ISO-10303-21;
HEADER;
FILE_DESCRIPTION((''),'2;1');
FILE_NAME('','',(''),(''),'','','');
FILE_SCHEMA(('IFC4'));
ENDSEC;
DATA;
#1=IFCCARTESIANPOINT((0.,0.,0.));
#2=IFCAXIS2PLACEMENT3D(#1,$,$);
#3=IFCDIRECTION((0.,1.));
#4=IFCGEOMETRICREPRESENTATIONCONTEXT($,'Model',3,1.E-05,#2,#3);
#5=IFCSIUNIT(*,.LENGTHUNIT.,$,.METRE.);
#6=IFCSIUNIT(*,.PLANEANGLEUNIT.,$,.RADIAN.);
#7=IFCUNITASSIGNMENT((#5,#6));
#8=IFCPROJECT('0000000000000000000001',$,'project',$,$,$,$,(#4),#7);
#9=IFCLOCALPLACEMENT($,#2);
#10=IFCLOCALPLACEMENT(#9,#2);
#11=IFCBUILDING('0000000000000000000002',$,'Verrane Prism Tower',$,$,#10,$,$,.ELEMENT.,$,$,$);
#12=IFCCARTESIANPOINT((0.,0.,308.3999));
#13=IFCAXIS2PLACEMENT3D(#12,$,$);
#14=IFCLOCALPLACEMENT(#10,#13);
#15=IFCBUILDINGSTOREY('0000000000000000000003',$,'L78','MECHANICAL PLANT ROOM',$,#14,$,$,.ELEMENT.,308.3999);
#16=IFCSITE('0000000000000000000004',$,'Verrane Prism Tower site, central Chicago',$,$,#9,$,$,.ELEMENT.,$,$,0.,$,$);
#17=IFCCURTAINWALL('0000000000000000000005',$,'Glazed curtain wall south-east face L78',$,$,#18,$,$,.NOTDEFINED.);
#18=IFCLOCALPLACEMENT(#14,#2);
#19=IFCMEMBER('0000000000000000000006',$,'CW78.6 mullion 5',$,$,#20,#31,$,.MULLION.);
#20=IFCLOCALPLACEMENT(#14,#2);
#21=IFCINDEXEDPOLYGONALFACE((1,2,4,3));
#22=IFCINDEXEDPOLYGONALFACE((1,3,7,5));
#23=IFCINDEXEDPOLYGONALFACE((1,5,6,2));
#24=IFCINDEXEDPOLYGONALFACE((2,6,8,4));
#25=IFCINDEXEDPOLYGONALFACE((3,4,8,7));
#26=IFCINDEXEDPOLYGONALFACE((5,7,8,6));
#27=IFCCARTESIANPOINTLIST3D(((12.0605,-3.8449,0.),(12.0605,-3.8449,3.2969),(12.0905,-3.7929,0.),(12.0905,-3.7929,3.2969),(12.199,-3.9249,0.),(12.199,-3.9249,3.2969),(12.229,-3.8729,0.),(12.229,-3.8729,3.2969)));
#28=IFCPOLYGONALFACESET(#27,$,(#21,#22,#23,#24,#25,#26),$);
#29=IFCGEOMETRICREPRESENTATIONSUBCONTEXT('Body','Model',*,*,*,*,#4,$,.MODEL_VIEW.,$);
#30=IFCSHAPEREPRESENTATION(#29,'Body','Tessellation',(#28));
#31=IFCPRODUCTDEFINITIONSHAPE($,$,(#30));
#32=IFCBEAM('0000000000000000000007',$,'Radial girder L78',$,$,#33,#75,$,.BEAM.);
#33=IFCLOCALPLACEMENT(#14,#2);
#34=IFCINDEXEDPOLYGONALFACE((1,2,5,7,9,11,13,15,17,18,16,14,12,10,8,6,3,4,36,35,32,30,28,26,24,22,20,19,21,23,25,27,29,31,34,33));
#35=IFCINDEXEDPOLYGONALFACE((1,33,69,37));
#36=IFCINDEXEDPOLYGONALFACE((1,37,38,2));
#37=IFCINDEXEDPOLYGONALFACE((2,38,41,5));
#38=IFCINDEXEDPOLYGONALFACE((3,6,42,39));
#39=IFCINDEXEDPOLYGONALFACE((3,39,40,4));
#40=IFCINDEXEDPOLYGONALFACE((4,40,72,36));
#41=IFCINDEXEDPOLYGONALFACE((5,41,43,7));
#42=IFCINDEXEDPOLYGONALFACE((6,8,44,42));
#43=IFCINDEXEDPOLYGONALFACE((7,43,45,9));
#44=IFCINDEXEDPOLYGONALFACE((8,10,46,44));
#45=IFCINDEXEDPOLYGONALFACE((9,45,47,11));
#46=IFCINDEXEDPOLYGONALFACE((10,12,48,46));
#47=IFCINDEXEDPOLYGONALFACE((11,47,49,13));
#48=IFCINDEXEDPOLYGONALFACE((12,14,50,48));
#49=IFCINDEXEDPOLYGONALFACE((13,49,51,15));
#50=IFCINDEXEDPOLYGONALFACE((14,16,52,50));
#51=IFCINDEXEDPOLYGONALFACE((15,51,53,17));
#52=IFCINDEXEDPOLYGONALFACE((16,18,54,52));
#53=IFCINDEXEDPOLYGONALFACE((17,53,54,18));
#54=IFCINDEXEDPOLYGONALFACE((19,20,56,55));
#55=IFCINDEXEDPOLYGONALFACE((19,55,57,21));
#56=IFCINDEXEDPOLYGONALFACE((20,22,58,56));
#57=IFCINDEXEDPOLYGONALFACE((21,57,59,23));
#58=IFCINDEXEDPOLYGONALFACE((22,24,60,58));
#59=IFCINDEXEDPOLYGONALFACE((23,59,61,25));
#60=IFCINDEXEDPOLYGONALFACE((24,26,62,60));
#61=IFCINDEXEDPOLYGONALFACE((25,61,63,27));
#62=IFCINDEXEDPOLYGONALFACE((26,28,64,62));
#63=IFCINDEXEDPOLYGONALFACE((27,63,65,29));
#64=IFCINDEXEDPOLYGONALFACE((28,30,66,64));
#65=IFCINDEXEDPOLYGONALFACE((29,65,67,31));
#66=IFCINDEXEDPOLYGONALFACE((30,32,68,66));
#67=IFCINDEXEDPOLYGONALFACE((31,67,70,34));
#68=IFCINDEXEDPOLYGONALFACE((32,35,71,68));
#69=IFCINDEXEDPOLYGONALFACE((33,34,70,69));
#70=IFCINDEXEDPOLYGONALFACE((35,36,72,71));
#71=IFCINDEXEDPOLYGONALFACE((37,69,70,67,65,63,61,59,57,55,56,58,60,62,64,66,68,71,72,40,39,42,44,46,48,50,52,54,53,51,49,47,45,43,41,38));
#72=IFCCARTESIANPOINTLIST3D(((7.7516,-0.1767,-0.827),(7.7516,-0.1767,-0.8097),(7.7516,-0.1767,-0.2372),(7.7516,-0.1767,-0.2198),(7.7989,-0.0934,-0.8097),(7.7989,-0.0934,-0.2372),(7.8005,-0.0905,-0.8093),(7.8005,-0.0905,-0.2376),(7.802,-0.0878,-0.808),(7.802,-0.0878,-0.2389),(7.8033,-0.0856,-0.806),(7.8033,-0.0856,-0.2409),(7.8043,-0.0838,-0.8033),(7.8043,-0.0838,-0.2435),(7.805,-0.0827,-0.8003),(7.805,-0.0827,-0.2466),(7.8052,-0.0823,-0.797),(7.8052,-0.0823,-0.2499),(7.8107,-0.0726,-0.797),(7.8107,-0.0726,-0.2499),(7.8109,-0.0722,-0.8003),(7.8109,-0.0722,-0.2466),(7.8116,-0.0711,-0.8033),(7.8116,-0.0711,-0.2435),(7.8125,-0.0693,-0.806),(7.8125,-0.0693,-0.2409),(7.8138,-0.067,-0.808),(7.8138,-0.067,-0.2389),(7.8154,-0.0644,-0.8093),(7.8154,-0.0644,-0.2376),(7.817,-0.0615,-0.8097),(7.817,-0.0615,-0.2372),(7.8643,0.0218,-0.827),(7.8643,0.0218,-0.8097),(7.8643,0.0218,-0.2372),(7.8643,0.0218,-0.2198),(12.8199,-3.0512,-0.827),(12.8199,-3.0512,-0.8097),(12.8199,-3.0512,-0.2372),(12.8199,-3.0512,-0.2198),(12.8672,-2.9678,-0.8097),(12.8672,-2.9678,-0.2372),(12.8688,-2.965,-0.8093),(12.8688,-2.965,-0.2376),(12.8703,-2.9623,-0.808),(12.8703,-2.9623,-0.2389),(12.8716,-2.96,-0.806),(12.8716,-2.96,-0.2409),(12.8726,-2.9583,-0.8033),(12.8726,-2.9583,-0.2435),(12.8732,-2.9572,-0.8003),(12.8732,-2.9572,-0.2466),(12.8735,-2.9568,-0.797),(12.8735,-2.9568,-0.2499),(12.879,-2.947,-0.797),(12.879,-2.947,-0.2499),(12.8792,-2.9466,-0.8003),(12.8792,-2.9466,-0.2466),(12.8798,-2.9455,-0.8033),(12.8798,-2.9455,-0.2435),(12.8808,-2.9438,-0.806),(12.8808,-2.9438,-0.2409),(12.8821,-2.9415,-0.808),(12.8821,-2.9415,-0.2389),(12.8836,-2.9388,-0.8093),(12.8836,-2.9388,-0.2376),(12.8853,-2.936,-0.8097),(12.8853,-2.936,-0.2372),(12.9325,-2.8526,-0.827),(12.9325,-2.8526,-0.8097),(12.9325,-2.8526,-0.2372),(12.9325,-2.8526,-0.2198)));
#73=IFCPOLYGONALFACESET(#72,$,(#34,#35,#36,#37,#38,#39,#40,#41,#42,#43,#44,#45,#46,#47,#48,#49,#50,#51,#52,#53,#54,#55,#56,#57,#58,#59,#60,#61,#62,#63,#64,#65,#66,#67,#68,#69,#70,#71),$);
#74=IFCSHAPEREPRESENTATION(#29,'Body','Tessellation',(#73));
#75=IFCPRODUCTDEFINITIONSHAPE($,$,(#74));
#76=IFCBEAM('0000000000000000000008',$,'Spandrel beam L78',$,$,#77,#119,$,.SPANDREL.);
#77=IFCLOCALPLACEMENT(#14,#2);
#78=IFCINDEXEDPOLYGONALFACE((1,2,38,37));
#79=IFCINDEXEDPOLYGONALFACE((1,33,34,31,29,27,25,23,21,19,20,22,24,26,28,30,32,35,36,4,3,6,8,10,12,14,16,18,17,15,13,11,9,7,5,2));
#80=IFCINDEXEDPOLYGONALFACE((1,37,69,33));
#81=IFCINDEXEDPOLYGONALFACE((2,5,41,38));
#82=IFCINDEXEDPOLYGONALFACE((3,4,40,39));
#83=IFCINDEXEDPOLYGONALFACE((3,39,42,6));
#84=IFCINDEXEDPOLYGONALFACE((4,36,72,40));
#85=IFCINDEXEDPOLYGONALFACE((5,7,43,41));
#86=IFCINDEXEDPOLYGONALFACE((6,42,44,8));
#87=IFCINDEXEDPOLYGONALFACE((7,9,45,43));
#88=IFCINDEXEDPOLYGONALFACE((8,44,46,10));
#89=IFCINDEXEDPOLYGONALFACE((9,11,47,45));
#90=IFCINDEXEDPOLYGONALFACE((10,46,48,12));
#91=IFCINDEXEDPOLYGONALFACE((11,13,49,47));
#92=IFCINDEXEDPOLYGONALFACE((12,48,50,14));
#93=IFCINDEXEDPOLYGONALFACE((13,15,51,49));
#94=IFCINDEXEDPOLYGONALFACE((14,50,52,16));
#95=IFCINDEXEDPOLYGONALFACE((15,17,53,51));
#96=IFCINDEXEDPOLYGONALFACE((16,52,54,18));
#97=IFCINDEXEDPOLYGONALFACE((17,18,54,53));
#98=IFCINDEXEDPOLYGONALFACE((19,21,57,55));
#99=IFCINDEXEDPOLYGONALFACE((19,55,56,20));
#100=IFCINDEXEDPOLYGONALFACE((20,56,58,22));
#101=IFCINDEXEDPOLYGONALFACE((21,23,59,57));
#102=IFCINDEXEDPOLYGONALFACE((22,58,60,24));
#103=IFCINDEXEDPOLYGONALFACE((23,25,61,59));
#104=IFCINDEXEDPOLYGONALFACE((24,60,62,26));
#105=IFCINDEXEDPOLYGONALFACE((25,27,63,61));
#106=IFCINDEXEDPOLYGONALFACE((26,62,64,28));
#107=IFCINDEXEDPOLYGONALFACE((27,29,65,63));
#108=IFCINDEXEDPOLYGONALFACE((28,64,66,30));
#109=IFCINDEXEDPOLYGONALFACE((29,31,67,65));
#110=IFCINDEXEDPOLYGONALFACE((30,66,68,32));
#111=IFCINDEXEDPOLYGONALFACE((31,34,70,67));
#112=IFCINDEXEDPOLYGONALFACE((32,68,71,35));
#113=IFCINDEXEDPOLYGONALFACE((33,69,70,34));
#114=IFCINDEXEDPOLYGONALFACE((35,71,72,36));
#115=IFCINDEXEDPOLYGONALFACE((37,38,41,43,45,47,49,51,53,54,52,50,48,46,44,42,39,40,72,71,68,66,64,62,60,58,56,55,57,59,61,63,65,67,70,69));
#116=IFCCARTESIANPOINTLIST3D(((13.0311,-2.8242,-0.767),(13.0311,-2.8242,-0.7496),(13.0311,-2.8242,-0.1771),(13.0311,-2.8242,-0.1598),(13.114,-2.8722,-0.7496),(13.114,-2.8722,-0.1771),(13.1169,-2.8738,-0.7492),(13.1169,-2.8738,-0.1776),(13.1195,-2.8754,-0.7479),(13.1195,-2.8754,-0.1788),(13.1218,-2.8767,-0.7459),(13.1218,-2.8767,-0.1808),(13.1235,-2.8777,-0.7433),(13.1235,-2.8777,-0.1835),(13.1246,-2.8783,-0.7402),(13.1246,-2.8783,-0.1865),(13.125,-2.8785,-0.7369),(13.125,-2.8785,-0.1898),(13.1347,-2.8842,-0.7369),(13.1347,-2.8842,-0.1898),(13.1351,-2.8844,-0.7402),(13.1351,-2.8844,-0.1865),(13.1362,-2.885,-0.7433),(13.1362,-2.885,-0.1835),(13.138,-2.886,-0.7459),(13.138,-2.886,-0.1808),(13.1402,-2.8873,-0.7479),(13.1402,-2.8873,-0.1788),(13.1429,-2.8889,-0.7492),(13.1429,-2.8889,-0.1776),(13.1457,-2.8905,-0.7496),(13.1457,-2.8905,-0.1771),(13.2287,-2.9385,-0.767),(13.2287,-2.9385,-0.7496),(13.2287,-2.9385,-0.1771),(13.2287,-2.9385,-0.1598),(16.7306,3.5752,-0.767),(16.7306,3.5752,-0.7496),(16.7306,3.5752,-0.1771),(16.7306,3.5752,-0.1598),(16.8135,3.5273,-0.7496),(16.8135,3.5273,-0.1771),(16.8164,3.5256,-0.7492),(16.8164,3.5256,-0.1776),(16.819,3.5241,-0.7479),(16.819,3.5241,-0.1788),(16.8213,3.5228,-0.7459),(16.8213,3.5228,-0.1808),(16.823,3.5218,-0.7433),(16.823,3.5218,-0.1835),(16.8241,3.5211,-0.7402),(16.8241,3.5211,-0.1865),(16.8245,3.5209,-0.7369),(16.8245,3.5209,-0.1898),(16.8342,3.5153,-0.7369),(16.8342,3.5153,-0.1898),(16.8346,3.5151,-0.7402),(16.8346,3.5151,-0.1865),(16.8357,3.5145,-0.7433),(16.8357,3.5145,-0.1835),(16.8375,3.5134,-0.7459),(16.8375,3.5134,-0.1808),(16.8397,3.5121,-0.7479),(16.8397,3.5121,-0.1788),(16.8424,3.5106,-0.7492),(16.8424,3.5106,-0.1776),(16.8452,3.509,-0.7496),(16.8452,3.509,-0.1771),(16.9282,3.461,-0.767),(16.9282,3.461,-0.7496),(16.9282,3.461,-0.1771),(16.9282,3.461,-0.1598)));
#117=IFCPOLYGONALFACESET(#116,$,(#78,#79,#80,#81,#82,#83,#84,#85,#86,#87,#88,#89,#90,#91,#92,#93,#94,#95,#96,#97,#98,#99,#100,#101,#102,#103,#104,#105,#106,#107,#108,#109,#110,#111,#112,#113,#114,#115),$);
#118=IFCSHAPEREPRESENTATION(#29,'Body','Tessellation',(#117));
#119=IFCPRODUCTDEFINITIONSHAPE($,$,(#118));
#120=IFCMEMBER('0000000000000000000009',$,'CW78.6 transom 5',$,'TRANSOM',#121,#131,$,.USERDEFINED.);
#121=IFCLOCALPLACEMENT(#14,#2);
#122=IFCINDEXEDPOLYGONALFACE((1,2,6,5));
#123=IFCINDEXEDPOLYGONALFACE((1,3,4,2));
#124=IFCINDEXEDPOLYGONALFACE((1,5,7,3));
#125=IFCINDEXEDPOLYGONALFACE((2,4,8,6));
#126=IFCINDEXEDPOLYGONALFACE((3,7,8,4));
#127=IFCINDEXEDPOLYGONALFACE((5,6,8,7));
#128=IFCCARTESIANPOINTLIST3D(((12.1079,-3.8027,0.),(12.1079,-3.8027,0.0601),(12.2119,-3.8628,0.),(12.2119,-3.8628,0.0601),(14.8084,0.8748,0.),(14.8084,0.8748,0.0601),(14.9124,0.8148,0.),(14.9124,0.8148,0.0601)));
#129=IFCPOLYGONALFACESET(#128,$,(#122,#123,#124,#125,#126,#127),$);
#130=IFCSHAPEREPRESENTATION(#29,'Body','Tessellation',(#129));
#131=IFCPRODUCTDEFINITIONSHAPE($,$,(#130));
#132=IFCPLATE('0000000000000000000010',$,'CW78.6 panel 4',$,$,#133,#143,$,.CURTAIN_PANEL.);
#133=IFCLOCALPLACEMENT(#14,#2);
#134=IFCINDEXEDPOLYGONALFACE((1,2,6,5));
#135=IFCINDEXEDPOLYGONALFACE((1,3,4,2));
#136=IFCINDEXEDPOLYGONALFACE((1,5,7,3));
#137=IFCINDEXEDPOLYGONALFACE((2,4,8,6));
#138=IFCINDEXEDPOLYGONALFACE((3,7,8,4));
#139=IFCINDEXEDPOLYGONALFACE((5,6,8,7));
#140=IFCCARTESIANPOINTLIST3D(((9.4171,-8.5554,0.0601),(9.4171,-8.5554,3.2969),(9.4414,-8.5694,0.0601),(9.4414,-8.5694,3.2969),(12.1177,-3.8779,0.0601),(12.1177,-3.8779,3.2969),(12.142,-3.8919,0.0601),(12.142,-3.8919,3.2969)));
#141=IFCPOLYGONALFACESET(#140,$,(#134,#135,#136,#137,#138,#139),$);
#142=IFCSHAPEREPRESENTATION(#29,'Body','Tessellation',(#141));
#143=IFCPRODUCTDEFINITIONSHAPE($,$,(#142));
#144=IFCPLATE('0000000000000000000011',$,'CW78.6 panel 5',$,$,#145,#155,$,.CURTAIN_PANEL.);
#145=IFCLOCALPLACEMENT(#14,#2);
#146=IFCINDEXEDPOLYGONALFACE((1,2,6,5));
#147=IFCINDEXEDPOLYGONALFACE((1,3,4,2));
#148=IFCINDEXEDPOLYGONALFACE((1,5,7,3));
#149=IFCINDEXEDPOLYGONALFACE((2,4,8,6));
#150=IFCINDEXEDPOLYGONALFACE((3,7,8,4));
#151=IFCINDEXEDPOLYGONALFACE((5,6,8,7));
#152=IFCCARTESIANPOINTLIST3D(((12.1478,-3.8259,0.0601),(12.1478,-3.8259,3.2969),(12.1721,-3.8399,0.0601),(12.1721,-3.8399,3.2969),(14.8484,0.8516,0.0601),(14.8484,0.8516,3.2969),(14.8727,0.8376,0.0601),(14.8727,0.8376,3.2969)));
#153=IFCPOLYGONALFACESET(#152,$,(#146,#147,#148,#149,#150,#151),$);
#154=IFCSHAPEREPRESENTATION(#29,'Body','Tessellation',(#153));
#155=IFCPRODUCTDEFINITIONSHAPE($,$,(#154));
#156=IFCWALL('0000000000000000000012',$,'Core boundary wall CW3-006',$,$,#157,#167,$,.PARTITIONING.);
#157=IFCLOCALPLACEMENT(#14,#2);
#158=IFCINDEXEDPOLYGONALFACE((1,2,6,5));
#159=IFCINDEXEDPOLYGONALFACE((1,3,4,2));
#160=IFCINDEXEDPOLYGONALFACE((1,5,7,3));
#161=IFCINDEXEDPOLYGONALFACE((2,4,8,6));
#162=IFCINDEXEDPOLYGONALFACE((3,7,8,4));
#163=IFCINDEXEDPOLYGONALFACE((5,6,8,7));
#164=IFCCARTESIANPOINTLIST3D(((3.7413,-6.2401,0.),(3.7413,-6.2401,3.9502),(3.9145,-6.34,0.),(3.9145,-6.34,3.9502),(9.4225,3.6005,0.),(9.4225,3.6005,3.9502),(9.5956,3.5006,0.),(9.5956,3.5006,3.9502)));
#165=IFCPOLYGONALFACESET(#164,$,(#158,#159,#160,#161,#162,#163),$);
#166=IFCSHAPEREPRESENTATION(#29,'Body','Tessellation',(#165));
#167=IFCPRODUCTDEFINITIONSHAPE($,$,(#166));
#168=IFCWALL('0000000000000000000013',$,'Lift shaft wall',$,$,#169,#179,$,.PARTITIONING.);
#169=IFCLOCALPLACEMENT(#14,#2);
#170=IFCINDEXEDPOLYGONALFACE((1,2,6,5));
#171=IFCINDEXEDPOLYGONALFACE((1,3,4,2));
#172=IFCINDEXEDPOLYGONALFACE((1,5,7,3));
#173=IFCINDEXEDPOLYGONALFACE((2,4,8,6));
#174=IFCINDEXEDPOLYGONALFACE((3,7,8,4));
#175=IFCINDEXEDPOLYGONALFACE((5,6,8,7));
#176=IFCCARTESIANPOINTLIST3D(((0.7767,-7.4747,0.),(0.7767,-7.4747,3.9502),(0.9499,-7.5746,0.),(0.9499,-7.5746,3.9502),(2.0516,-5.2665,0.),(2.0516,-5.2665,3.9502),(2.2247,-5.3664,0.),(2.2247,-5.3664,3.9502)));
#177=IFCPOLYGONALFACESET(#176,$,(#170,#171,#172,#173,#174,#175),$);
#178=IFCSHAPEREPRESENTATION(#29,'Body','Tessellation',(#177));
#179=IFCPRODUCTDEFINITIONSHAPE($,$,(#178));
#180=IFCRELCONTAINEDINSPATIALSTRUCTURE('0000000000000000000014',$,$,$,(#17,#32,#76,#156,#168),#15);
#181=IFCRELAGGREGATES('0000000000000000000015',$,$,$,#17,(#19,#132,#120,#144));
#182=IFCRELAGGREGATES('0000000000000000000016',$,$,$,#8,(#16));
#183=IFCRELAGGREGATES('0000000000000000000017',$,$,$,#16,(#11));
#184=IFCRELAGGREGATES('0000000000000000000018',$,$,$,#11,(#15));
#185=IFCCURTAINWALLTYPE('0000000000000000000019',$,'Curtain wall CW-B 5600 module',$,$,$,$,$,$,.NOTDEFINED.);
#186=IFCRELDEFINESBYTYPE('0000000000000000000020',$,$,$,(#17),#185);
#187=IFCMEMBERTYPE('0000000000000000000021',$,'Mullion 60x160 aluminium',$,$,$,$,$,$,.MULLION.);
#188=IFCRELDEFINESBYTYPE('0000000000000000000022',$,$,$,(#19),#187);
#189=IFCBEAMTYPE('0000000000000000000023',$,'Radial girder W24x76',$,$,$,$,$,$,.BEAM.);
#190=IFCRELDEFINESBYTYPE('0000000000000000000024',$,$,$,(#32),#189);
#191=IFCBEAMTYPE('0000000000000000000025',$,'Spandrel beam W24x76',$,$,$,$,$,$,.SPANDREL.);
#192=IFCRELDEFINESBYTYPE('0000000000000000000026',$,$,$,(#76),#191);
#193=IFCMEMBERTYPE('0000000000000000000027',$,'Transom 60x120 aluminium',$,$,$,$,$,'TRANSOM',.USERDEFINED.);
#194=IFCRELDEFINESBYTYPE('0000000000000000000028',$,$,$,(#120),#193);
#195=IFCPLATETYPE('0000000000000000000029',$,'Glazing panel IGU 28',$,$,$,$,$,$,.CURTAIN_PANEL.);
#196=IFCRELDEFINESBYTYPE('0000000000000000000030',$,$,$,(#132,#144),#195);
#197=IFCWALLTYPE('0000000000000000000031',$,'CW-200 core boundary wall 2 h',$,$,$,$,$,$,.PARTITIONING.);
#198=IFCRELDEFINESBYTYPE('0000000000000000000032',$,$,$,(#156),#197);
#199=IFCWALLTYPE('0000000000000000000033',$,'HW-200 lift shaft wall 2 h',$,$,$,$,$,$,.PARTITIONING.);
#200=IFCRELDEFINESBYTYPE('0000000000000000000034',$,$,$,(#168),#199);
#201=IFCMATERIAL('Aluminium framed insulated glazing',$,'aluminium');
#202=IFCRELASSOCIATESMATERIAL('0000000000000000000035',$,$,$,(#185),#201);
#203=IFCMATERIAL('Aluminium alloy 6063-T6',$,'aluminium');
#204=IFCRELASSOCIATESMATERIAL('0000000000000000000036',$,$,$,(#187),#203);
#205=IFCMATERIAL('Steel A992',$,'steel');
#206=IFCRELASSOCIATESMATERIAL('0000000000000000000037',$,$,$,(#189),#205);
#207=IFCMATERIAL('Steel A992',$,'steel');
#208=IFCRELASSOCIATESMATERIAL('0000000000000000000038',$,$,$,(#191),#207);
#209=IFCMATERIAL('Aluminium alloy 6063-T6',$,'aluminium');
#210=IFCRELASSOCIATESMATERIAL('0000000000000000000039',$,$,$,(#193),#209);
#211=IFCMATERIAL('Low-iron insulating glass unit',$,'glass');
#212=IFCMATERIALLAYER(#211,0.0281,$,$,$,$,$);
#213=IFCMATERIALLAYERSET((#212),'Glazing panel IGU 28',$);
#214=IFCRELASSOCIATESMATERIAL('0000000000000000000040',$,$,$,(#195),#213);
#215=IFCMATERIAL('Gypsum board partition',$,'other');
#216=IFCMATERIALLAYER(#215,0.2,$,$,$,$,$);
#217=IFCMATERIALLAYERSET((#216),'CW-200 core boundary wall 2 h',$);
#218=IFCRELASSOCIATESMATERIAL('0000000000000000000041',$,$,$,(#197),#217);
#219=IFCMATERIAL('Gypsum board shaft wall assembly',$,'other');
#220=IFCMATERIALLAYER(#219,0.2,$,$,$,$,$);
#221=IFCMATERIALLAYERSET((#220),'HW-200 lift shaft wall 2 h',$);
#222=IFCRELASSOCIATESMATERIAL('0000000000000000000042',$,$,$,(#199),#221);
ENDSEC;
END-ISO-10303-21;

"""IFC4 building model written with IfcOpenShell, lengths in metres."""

from ifc_helpers import new_model, si_unit, direction, frame, frame_2d, origin, origin_2d, place, context, subcontext, project, spatial, rectangle, i_section, extrude, material, layer, layer_set, material_profile, profile_set, type_object, element, aggregate, save


model = new_model("IFC4")

# Units and contexts
model_context = context("Model", 3, precision=1e-05, world=origin(), true_north=direction((0.0, 1.0)))
body_context = subcontext(model_context, "Body", "Model", "MODEL_VIEW")
ifc_project = project(units=[si_unit("LENGTHUNIT", "METRE"), si_unit("PLANEANGLEUNIT", "RADIAN")], contexts=[model_context])

# Site, building, storey
site_placement = place(None, origin())
site = spatial("IfcSite", under=ifc_project, at=site_placement, Name="Verrane Prism Tower site, central Chicago", CompositionType="ELEMENT", RefElevation=0.0)
building_placement = place(site_placement, origin())
building = spatial("IfcBuilding", under=site, at=building_placement, Name="Verrane Prism Tower", CompositionType="ELEMENT")
storey_placement = place(building_placement, frame((0.0, 0.0, 308.3999)))
storey = spatial("IfcBuildingStorey", under=building, at=storey_placement, Name="L78", Description="MECHANICAL PLANT ROOM", CompositionType="ELEMENT", Elevation=308.3999)

# Curtain wall, member
ifc_material_1 = material(Name="Aluminium framed insulated glazing", Category="aluminium")
curtain_wall_type = type_object("IfcCurtainWallType", Name="Curtain wall CW-B 5600 module", PredefinedType="NOTDEFINED", material=ifc_material_1)
curtain_wall_placement = place(storey_placement, origin())
curtain_wall = element("IfcCurtainWall", 1, at=curtain_wall_placement, inside=storey, type_object=curtain_wall_type, Name="Glazed curtain wall south-east face L78", PredefinedType="NOTDEFINED")
ifc_material_2 = material(Name="Aluminium alloy 6063-T6", Category="aluminium")
ifc_material_profile_1 = material_profile(ifc_material_2, rectangle(XDim=0.1599, YDim=0.0601, at=origin_2d()), Name="Mullion 60x160 aluminium")
ifc_profile_set_1 = profile_set([ifc_material_profile_1], Name="Aluminium alloy 6063-T6")
member_type_1 = type_object("IfcMemberType", Name="Mullion 60x160 aluminium", PredefinedType="MULLION", material=ifc_profile_set_1)
member_1_placement = place(storey_placement, frame((12.1448, -3.8589, 0.0), z_axis=(0.0, 0.0, 1.0), x_axis=(-0.866025, 0.5, 0.0)))
member_1 = element("IfcMember", 2, at=member_1_placement, type_object=member_type_1, Name="CW78.6 mullion 5", PredefinedType="MULLION", context=body_context, shape_type="SweptSolid", body=[
    extrude(rectangle(XDim=0.1599, YDim=0.0601, at=origin_2d()), origin(), (0.0, 0.0, 1.0), 3.2969),
])

# Beams
ifc_material_3 = material(Name="Steel A992", Category="steel")
ifc_material_profile_2 = material_profile(ifc_material_3, i_section(OverallWidth=0.2283, OverallDepth=0.6072, WebThickness=0.0112, FlangeThickness=0.0173, FilletRadius=0.0127, at=origin_2d()), Name="W24x76")
ifc_profile_set_2 = profile_set([ifc_material_profile_2], Name="Steel A992")
beam_type_1 = type_object("IfcBeamType", Name="Radial girder W24x76", PredefinedType="BEAM", material=ifc_profile_set_2)
beam_1_placement = place(storey_placement, frame((12.8762, -2.9519, -0.5234), z_axis=(-0.869842, 0.49333, 0.0), x_axis=(-0.49333, -0.869842, 0.0)))
element("IfcBeam", 3, at=beam_1_placement, inside=storey, type_object=beam_type_1, Name="Radial girder L78", PredefinedType="BEAM", context=body_context, shape_type="SweptSolid", body=[
    extrude(i_section(OverallWidth=0.2283, OverallDepth=0.6072, WebThickness=0.0112, FlangeThickness=0.0173, FilletRadius=0.0127, at=origin_2d()), origin(), (0.0, 0.0, 1.0), 5.8267),
])
ifc_material_4 = material(Name="Steel A992", Category="steel")
ifc_material_profile_3 = material_profile(ifc_material_4, i_section(OverallWidth=0.2283, OverallDepth=0.6072, WebThickness=0.0112, FlangeThickness=0.0173, FilletRadius=0.0127, at=origin_2d()), Name="W24x76")
ifc_profile_set_3 = profile_set([ifc_material_profile_3], Name="Steel A992")
beam_type_2 = type_object("IfcBeamType", Name="Spandrel beam W24x76", PredefinedType="SPANDREL", material=ifc_profile_set_3)
beam_2_placement = place(storey_placement, frame((13.1299, -2.8813, -0.4634), z_axis=(0.500483, 0.865746, 0.0), x_axis=(-0.865746, 0.500483, 0.0)))
element("IfcBeam", 4, at=beam_2_placement, inside=storey, type_object=beam_type_2, Name="Spandrel beam L78", PredefinedType="SPANDREL", context=body_context, shape_type="SweptSolid", body=[
    extrude(i_section(OverallWidth=0.2283, OverallDepth=0.6072, WebThickness=0.0112, FlangeThickness=0.0173, FilletRadius=0.0127, at=origin_2d()), origin(), (0.0, 0.0, 1.0), 7.3918),
])

# Member
ifc_material_5 = material(Name="Aluminium alloy 6063-T6", Category="aluminium")
ifc_material_profile_4 = material_profile(ifc_material_5, rectangle(XDim=0.1201, YDim=0.0601, at=origin_2d()), Name="Transom 60x120 aluminium")
ifc_profile_set_4 = profile_set([ifc_material_profile_4], Name="Aluminium alloy 6063-T6")
member_type_2 = type_object("IfcMemberType", Name="Transom 60x120 aluminium", ElementType="TRANSOM", PredefinedType="USERDEFINED", material=ifc_profile_set_4)
member_2_placement = place(storey_placement, frame((12.1599, -3.8328, 0.03), z_axis=(0.499985, 0.866034, 0.0), x_axis=(-0.866034, 0.499985, 0.0)))
member_2 = element("IfcMember", 5, at=member_2_placement, type_object=member_type_2, Name="CW78.6 transom 5", ObjectType="TRANSOM", PredefinedType="USERDEFINED", context=body_context, shape_type="SweptSolid", body=[
    extrude(rectangle(XDim=0.1201, YDim=0.0601, at=origin_2d()), origin(), (0.0, 0.0, 1.0), 5.4011),
])

# Plates
ifc_material_6 = material(Name="Low-iron insulating glass unit", Category="glass")
ifc_layer_1 = layer(ifc_material_6, 0.0281)
ifc_layer_set_1 = layer_set([ifc_layer_1], Name="Glazing panel IGU 28")
plate_type = type_object("IfcPlateType", Name="Glazing panel IGU 28", PredefinedType="CURTAIN_PANEL", material=ifc_layer_set_1)
plate_1_placement = place(storey_placement, frame((10.7795, -6.2236, 0.0601), z_axis=(0.0, 0.0, 1.0), x_axis=(0.5, 0.866025, 0.0)))
plate_1 = element("IfcPlate", 6, at=plate_1_placement, type_object=plate_type, Name="CW78.6 panel 4", PredefinedType="CURTAIN_PANEL", context=body_context, shape_type="SweptSolid", body=[
    extrude(rectangle(XDim=5.4011, YDim=0.0281, at=origin_2d()), origin(), (0.0, 0.0, 1.0), 3.2368),
])
plate_2_placement = place(storey_placement, frame((13.5103, -1.4941, 0.0601), z_axis=(0.0, 0.0, 1.0), x_axis=(0.5, 0.866025, 0.0)))
plate_2 = element("IfcPlate", 7, at=plate_2_placement, type_object=plate_type, Name="CW78.6 panel 5", PredefinedType="CURTAIN_PANEL", context=body_context, shape_type="SweptSolid", body=[
    extrude(rectangle(XDim=5.4011, YDim=0.0281, at=origin_2d()), origin(), (0.0, 0.0, 1.0), 3.2368),
])
aggregate(curtain_wall, [member_1, plate_1, member_2, plate_2])

# Walls
ifc_material_7 = material(Name="Gypsum board partition", Category="other")
ifc_layer_2 = layer(ifc_material_7, 0.2)
ifc_layer_set_2 = layer_set([ifc_layer_2], Name="CW-200 core boundary wall 2 h")
wall_type_1 = type_object("IfcWallType", Name="CW-200 core boundary wall 2 h", PredefinedType="PARTITIONING", material=ifc_layer_set_2)
wall_1_placement = place(storey_placement, frame((3.8279, -6.29, 0.0), z_axis=(0.0, 0.0, 1.0), x_axis=(0.49998, 0.866037, 0.0)))
element("IfcWall", 8, at=wall_1_placement, inside=storey, type_object=wall_type_1, Name="Core boundary wall CW3-006", PredefinedType="PARTITIONING", context=body_context, shape_type="SweptSolid", body=[
    extrude(rectangle(XDim=11.3628, YDim=0.2, at=frame_2d((5.6814, 0.0))), origin(), (0.0, 0.0, 1.0), 3.9502),
])
ifc_material_8 = material(Name="Gypsum board shaft wall assembly", Category="other")
ifc_layer_3 = layer(ifc_material_8, 0.2)
ifc_layer_set_3 = layer_set([ifc_layer_3], Name="HW-200 lift shaft wall 2 h")
wall_type_2 = type_object("IfcWallType", Name="HW-200 lift shaft wall 2 h", PredefinedType="PARTITIONING", material=ifc_layer_set_3)
wall_2_placement = place(storey_placement, frame((0.8633, -7.5247, 0.0), z_axis=(0.0, 0.0, 1.0), x_axis=(0.49999, 0.866031, 0.0)))
element("IfcWall", 9, at=wall_2_placement, inside=storey, type_object=wall_type_2, Name="Lift shaft wall", PredefinedType="PARTITIONING", context=body_context, shape_type="SweptSolid", body=[
    extrude(rectangle(XDim=2.5498, YDim=0.2, at=frame_2d((1.2749, 0.0))), origin(), (0.0, 0.0, 1.0), 3.9502),
])

save(model, "model.ifc")
